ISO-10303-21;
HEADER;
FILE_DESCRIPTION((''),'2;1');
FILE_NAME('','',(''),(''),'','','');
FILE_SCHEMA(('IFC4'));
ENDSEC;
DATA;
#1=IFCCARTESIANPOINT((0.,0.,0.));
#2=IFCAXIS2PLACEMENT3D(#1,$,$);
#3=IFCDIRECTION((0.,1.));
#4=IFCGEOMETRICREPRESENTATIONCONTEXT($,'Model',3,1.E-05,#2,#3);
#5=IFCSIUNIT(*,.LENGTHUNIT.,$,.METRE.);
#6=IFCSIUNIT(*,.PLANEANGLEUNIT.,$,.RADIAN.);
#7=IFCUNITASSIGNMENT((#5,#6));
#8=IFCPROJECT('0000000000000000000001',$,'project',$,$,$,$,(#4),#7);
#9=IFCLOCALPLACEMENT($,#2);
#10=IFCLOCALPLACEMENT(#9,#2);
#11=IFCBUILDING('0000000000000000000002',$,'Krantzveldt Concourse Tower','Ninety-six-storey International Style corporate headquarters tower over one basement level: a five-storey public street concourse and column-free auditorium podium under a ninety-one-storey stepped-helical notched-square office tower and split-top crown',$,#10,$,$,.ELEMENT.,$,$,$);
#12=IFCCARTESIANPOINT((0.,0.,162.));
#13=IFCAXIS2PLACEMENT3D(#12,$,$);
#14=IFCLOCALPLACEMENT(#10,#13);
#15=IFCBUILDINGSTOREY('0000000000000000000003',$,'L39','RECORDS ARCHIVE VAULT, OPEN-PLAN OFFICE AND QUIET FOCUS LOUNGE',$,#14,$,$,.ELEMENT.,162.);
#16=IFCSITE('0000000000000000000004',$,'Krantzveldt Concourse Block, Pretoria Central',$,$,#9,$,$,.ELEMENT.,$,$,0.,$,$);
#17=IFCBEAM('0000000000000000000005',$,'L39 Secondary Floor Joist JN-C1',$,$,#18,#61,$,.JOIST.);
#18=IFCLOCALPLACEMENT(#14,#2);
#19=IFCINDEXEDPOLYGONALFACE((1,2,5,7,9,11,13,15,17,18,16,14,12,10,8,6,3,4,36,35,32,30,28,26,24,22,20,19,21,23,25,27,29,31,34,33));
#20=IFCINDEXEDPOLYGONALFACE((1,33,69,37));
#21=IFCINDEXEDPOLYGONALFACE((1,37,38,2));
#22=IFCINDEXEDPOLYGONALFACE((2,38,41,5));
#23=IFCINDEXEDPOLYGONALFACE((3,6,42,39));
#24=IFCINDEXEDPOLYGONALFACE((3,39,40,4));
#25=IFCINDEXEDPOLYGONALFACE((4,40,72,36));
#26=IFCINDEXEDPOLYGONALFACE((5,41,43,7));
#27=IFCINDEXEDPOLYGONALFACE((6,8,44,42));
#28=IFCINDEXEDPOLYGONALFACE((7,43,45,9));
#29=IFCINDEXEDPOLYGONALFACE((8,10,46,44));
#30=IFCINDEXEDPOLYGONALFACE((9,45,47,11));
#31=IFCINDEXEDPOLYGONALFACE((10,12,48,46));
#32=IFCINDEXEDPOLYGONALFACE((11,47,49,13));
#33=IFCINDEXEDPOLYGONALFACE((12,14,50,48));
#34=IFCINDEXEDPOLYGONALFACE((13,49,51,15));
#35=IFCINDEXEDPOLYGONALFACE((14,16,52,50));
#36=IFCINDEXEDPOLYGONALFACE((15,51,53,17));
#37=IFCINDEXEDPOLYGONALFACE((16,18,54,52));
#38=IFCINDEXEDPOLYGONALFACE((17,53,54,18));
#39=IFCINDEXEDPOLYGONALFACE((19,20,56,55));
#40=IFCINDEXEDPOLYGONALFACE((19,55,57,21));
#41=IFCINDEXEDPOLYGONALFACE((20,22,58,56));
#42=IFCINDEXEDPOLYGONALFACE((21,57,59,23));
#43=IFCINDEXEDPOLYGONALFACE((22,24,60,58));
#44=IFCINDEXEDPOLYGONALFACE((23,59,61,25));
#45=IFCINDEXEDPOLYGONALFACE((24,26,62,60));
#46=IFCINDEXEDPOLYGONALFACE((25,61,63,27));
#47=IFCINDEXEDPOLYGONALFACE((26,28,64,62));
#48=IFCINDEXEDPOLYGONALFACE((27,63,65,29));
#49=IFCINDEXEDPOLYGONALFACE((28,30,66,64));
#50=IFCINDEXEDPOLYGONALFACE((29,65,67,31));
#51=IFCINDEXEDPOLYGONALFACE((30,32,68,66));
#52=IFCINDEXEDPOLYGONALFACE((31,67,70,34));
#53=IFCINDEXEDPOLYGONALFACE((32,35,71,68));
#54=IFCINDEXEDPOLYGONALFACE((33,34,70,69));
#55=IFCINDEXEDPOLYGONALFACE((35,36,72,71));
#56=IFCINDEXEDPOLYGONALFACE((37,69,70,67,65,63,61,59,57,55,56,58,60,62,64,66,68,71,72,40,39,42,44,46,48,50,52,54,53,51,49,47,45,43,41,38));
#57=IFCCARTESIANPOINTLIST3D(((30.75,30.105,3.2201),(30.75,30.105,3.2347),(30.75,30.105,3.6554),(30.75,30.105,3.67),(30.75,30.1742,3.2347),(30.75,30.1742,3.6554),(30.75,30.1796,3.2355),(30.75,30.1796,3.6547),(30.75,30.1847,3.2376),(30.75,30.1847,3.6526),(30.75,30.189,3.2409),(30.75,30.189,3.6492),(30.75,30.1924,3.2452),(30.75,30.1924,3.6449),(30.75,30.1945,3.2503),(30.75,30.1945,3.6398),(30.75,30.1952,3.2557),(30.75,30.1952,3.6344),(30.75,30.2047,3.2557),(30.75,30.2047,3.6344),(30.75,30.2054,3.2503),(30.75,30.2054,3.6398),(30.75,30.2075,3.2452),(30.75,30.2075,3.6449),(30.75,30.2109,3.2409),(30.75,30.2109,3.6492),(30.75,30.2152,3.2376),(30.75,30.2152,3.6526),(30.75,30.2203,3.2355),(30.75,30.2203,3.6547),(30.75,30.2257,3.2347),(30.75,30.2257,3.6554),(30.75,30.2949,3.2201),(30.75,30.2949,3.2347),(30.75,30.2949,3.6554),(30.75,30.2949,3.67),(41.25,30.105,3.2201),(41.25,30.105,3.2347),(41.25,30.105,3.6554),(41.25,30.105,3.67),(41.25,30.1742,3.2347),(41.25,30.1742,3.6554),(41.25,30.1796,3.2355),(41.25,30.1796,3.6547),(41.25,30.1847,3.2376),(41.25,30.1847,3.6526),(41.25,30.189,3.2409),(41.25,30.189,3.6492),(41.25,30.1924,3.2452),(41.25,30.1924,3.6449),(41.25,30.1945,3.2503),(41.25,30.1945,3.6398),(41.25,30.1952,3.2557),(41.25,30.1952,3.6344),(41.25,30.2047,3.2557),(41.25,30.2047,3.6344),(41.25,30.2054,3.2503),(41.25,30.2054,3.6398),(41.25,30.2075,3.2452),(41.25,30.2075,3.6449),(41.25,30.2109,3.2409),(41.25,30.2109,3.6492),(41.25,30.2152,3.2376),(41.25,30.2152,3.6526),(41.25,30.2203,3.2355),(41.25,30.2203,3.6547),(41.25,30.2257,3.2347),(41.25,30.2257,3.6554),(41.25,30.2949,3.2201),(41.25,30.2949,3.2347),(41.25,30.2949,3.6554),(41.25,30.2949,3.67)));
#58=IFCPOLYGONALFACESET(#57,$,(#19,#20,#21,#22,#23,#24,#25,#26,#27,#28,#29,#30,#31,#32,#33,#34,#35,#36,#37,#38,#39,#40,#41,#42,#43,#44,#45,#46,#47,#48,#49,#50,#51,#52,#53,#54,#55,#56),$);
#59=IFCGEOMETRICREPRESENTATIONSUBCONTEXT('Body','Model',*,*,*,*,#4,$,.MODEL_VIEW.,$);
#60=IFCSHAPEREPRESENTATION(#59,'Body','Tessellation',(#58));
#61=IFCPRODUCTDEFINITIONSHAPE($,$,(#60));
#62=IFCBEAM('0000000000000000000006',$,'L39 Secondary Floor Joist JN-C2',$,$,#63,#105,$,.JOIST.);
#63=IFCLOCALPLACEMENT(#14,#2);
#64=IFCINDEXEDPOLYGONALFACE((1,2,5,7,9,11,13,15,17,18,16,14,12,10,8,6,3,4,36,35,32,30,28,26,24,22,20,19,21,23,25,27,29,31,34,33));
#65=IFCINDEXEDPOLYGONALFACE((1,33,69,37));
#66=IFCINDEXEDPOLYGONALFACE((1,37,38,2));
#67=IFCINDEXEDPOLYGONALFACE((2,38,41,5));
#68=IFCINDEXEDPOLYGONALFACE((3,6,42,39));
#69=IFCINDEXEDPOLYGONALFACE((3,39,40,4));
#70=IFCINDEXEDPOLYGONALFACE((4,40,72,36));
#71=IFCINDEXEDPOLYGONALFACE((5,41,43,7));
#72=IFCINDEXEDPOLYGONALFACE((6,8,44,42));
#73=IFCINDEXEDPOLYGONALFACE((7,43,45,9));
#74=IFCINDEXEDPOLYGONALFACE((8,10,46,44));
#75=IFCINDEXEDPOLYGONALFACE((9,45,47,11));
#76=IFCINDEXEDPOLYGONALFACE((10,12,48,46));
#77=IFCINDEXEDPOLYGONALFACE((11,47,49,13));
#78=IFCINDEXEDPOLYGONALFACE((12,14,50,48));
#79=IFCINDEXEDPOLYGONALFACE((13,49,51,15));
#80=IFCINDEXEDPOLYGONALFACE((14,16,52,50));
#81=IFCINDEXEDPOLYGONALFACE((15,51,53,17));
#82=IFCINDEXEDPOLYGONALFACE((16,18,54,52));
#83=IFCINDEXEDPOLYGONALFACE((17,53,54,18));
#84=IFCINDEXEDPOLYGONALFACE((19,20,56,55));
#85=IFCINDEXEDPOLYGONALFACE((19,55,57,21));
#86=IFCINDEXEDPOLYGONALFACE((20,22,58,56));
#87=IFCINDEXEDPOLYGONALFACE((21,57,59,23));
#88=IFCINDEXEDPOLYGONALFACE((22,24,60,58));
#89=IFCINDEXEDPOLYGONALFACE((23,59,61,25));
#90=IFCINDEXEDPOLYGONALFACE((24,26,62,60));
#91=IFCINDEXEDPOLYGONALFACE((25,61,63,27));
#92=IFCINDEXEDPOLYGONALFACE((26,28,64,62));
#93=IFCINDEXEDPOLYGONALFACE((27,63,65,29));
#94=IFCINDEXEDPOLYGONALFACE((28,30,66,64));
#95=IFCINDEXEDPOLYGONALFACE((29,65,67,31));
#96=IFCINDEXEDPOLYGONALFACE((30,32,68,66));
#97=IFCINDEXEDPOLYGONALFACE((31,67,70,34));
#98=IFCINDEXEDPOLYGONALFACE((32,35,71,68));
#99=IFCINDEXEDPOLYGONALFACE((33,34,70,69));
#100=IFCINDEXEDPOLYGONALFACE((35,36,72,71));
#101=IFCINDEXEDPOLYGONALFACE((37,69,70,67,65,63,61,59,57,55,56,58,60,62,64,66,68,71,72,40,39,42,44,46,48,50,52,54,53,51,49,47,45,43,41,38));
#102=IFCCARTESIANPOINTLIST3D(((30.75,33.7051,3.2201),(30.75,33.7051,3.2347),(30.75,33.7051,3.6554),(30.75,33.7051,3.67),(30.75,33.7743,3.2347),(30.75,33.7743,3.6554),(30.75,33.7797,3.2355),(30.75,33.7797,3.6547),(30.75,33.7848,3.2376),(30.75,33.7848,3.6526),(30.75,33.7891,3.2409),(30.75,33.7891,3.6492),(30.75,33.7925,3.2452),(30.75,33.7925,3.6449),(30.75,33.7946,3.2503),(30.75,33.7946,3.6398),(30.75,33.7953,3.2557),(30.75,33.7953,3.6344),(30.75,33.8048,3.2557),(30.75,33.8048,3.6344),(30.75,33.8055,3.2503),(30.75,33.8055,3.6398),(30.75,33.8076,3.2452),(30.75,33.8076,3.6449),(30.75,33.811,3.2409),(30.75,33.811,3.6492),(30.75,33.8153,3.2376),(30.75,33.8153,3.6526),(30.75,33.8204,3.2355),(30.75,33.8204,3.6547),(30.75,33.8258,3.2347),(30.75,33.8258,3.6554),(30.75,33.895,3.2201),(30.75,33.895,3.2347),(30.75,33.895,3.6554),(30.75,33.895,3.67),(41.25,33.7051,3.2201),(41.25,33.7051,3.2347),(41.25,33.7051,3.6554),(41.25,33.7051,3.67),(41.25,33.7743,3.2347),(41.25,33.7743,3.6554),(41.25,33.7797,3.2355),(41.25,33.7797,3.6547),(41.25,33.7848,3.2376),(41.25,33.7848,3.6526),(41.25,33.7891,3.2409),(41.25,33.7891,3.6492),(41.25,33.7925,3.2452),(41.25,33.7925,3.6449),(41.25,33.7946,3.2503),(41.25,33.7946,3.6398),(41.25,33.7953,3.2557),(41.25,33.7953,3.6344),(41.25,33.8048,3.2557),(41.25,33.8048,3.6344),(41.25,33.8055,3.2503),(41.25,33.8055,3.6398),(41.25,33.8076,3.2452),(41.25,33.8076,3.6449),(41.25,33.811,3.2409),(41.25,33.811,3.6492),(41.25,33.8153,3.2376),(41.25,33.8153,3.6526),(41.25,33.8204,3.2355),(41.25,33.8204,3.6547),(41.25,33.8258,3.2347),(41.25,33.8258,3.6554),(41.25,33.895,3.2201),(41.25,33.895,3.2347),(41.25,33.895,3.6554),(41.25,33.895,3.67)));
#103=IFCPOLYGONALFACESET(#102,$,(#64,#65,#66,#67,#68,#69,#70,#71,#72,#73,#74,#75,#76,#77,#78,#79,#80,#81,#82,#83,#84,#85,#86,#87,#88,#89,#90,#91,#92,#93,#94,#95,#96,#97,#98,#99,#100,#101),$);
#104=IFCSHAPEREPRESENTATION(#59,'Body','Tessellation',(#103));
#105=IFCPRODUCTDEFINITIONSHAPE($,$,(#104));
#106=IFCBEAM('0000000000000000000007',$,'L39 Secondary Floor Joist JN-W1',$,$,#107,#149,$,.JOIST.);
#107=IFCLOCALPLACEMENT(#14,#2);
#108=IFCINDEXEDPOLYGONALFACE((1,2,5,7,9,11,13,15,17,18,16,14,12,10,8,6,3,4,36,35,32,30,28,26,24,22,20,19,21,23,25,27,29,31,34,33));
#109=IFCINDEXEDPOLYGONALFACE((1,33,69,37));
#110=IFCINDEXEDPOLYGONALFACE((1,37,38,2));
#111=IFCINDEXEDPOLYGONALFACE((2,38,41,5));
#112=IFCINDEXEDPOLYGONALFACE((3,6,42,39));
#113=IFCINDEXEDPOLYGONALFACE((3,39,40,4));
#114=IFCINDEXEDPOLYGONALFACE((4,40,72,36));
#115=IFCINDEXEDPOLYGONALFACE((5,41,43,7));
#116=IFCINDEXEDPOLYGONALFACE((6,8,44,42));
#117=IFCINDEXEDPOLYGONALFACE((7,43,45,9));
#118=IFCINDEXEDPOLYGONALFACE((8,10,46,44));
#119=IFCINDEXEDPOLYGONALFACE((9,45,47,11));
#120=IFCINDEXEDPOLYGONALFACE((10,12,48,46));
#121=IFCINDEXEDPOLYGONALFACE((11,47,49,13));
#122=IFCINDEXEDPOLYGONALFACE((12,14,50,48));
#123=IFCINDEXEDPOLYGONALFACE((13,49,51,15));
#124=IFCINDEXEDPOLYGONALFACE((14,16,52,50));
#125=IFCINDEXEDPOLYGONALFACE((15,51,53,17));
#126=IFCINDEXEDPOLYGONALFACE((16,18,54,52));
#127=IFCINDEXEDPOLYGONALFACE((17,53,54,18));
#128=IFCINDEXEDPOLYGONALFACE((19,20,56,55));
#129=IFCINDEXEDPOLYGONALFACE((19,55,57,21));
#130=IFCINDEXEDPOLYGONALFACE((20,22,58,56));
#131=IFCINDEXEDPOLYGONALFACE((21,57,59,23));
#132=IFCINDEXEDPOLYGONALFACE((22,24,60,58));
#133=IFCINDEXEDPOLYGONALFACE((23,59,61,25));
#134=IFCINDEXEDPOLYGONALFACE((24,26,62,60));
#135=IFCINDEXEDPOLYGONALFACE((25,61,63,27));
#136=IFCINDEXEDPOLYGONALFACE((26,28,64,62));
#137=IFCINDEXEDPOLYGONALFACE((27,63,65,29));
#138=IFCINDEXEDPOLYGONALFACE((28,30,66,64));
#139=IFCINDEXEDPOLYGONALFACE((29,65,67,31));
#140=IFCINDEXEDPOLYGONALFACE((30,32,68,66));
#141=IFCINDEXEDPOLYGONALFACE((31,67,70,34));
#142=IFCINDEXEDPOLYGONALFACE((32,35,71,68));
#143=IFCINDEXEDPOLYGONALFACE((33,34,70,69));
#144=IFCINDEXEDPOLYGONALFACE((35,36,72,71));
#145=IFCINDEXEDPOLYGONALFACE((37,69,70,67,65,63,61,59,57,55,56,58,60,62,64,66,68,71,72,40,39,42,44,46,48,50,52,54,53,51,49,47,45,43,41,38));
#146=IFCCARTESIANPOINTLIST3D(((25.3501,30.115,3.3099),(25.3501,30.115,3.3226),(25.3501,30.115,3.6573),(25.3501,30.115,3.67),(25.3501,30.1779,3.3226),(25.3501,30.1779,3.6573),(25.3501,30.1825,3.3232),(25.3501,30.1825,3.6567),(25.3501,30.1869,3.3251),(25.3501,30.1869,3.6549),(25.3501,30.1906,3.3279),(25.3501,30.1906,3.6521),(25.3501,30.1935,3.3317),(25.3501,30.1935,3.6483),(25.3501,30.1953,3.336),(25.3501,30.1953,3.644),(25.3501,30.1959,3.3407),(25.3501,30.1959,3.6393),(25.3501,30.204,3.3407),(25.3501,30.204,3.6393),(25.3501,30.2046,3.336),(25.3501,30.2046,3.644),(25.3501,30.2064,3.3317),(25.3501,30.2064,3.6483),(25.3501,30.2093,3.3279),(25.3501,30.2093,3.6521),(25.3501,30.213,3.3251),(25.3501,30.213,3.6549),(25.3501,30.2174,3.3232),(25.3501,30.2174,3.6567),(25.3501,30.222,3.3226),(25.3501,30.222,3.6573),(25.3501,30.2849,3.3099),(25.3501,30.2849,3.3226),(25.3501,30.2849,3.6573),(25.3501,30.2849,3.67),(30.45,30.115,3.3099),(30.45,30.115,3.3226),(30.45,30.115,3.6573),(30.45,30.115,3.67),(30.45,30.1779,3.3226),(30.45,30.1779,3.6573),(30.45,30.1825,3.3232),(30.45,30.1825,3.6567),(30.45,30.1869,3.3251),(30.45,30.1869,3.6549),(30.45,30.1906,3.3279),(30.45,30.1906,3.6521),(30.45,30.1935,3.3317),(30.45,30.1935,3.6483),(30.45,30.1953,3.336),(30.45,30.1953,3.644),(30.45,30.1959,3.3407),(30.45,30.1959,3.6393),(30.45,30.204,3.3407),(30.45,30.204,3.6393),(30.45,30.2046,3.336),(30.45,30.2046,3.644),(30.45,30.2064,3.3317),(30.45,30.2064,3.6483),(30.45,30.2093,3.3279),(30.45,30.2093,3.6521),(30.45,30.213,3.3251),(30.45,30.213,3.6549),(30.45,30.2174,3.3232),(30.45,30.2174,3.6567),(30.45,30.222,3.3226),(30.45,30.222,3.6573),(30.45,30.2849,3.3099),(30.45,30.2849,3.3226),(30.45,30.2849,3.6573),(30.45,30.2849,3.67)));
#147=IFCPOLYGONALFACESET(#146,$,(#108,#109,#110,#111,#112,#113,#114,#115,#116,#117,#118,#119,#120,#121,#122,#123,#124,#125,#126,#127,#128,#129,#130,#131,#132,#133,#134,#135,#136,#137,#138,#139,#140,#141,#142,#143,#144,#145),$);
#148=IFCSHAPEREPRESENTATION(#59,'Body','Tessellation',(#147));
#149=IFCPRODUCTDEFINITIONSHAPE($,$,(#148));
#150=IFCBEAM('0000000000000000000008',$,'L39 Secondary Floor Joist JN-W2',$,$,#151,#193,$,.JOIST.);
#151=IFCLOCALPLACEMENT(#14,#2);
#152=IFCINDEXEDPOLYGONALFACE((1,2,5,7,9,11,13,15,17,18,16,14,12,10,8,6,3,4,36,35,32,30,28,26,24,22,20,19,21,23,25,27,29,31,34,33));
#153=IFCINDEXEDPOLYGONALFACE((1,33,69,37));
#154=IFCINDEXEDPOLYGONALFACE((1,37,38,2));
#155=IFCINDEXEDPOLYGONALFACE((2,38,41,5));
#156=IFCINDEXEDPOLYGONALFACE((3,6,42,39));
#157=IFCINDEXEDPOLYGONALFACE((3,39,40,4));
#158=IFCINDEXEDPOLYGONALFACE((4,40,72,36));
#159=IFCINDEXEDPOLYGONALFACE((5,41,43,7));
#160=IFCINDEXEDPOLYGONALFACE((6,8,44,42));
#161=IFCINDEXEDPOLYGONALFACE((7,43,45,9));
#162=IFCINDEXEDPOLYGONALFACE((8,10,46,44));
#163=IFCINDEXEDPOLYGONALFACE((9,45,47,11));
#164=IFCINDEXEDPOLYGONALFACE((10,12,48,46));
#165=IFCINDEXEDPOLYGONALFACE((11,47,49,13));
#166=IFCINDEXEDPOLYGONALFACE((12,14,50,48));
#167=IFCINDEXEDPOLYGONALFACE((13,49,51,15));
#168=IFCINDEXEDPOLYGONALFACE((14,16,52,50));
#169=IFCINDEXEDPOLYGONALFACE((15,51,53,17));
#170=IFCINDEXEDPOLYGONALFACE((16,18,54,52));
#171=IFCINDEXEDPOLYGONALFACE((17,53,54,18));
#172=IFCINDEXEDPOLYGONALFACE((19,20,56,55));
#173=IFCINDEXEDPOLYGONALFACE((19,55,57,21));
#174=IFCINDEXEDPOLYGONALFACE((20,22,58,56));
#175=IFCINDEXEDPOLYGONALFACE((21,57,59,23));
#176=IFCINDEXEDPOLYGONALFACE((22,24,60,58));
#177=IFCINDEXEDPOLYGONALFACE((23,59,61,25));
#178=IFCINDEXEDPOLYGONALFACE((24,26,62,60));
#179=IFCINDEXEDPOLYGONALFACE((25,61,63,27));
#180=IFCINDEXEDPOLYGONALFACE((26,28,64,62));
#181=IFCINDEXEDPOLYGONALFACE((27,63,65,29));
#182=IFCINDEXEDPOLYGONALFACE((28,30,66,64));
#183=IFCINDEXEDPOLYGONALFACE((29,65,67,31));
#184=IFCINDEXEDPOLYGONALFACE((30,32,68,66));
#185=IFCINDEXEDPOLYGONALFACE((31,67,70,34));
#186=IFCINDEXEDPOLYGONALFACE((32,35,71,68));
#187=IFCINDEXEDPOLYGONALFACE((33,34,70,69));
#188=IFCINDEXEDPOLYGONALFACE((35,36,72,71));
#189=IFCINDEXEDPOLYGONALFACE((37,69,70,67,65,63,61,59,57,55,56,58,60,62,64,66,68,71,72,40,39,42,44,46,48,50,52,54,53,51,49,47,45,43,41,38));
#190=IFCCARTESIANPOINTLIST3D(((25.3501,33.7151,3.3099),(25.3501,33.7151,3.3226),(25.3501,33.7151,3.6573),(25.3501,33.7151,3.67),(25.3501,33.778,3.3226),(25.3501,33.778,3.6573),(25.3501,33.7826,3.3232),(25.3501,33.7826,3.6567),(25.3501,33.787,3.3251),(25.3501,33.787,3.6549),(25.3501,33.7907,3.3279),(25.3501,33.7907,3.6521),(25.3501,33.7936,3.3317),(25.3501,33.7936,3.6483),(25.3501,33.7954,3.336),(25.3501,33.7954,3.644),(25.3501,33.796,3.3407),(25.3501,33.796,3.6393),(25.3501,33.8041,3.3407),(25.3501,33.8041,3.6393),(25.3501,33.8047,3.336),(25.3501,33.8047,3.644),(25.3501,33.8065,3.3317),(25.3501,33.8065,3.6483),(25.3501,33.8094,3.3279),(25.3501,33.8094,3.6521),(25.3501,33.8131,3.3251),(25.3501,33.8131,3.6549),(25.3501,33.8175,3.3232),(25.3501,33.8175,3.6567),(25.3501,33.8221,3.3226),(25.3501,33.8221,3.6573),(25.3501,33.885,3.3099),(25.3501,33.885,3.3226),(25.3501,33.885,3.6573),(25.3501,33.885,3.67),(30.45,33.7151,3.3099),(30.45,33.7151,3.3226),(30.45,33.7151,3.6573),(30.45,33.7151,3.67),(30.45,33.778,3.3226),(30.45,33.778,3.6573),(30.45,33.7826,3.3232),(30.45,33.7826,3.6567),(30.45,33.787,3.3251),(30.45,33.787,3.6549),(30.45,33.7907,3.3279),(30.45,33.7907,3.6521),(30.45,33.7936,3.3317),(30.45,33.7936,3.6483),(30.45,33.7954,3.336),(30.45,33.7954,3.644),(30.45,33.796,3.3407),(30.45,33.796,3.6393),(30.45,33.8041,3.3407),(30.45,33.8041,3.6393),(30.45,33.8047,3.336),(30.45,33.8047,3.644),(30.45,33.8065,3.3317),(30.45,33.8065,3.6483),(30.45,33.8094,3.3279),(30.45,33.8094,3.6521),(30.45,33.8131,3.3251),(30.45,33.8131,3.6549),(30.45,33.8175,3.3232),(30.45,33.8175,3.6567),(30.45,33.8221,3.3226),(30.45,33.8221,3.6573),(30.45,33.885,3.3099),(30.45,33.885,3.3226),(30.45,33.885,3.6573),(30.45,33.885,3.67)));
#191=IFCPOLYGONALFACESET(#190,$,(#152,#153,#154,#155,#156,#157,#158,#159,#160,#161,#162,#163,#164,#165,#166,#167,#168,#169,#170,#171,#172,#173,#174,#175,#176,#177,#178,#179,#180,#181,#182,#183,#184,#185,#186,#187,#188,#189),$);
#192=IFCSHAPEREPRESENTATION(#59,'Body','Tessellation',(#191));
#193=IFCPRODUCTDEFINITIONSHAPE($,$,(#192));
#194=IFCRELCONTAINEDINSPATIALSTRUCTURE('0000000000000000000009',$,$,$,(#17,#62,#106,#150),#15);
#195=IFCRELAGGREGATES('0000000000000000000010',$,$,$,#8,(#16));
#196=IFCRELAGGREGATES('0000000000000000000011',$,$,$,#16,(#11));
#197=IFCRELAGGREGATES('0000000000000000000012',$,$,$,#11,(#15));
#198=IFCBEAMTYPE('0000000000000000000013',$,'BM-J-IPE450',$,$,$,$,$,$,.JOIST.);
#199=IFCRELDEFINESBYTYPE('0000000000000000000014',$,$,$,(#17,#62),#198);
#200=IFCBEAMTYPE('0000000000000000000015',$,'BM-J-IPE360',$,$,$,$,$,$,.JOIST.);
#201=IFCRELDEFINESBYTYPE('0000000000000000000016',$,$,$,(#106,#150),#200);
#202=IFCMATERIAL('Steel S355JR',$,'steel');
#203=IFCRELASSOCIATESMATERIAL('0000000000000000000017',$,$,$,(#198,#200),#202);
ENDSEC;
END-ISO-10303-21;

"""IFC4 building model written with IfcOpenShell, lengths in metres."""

from ifc_helpers import new_model, si_unit, direction, frame, origin, origin_2d, place, context, subcontext, project, spatial, i_section, extrude, source, transform, mapped, material, material_profile, profile_set, type_object, type_shapes, element, save


model = new_model("IFC4")

# Units and contexts
model_context = context("Model", 3, precision=1e-05, world=origin(), true_north=direction((0.0, 1.0)))
body_context = subcontext(model_context, "Body", "Model", "MODEL_VIEW")
ifc_project = project(units=[si_unit("LENGTHUNIT", "METRE"), si_unit("PLANEANGLEUNIT", "RADIAN")], contexts=[model_context])

# Site, building, storey
site_placement = place(None, origin())
site = spatial("IfcSite", under=ifc_project, at=site_placement, Name="Krantzveldt Concourse Block, Pretoria Central", CompositionType="ELEMENT", RefElevation=0.0)
building_placement = place(site_placement, origin())
building = spatial("IfcBuilding", under=site, at=building_placement, Name="Krantzveldt Concourse Tower", Description="Ninety-six-storey International Style corporate headquarters tower over one basement level: a five-storey public street concourse and column-free auditorium podium under a ninety-one-storey stepped-helical notched-square office tower and split-top crown", CompositionType="ELEMENT")
storey_placement = place(building_placement, frame((0.0, 0.0, 162.0)))
storey = spatial("IfcBuildingStorey", under=building, at=storey_placement, Name="L39", Description="RECORDS ARCHIVE VAULT, OPEN-PLAN OFFICE AND QUIET FOCUS LOUNGE", CompositionType="ELEMENT", Elevation=162.0)

# Beams
ifc_material_1 = material(Name="Steel S355JR", Category="steel")
ifc_material_profile_1 = material_profile(ifc_material_1, i_section(OverallWidth=0.1899, OverallDepth=0.45, WebThickness=0.0095, FlangeThickness=0.0146, FilletRadius=0.021, at=origin_2d()), Name="Steel S355JR", Category="steel")
ifc_profile_set_1 = profile_set([ifc_material_profile_1], Name="Steel S355JR - IPE 450")
beam_type_1 = type_object("IfcBeamType", Name="BM-J-IPE450", PredefinedType="JOIST", material=ifc_profile_set_1)
shared_shape_1 = source(origin(), body_context, "Body", "SweptSolid", [
    extrude(i_section(OverallWidth=0.1899, OverallDepth=0.45, WebThickness=0.0095, FlangeThickness=0.0146, FilletRadius=0.021, at=origin_2d()), origin(), (0.0, 0.0, 1.0), 10.5),
])
for number, where, z_axis, x_axis, name in (
    (1, (30.75, 30.2, 3.4451), (1.0, 0.0, 0.0), (0.0, 1.0, 0.0), "L39 Secondary Floor Joist JN-C1"),
    (2, (30.75, 33.8, 3.4451), (1.0, 0.0, 0.0), (0.0, 1.0, 0.0), "L39 Secondary Floor Joist JN-C2"),
):
    element("IfcBeam", number, at=place(storey_placement, frame(where, z_axis=z_axis, x_axis=x_axis)), inside=storey, type_object=beam_type_1, Name=name, PredefinedType="JOIST", context=body_context, shape_type="MappedRepresentation", body=[
        mapped(shared_shape_1, transform((0.0, 0.0, 0.0), x_axis=(1.0, 0.0, 0.0), y_axis=(0.0, 1.0, 0.0), z_axis=(0.0, 0.0, 1.0), scale=1.0)),
    ])
ifc_material_profile_2 = material_profile(ifc_material_1, i_section(OverallWidth=0.1699, OverallDepth=0.3601, WebThickness=0.0081, FlangeThickness=0.0127, FilletRadius=0.0181, at=origin_2d()), Name="Steel S355JR", Category="steel")
ifc_profile_set_2 = profile_set([ifc_material_profile_2], Name="Steel S355JR - IPE 360")
beam_type_2 = type_object("IfcBeamType", Name="BM-J-IPE360", PredefinedType="JOIST", material=ifc_profile_set_2)
shared_shape_2 = source(origin(), body_context, "Body", "SweptSolid", [
    extrude(i_section(OverallWidth=0.1699, OverallDepth=0.3601, WebThickness=0.0081, FlangeThickness=0.0127, FilletRadius=0.0181, at=origin_2d()), origin(), (0.0, 0.0, 1.0), 5.0999),
])
type_shapes(beam_type_2, [shared_shape_2])
for number, where, z_axis, x_axis, name in (
    (3, (25.3501, 30.2, 3.49), (1.0, 0.0, 0.0), (0.0, 1.0, 0.0), "L39 Secondary Floor Joist JN-W1"),
    (4, (25.3501, 33.8, 3.49), (1.0, 0.0, 0.0), (0.0, 1.0, 0.0), "L39 Secondary Floor Joist JN-W2"),
):
    element("IfcBeam", number, at=place(storey_placement, frame(where, z_axis=z_axis, x_axis=x_axis)), inside=storey, type_object=beam_type_2, Name=name, PredefinedType="JOIST", context=body_context, shape_type="MappedRepresentation", body=[
        mapped(shared_shape_2, transform((0.0, 0.0, 0.0), x_axis=(1.0, 0.0, 0.0), y_axis=(0.0, 1.0, 0.0), z_axis=(0.0, 0.0, 1.0), scale=1.0)),
    ])

save(model, "model.ifc")
